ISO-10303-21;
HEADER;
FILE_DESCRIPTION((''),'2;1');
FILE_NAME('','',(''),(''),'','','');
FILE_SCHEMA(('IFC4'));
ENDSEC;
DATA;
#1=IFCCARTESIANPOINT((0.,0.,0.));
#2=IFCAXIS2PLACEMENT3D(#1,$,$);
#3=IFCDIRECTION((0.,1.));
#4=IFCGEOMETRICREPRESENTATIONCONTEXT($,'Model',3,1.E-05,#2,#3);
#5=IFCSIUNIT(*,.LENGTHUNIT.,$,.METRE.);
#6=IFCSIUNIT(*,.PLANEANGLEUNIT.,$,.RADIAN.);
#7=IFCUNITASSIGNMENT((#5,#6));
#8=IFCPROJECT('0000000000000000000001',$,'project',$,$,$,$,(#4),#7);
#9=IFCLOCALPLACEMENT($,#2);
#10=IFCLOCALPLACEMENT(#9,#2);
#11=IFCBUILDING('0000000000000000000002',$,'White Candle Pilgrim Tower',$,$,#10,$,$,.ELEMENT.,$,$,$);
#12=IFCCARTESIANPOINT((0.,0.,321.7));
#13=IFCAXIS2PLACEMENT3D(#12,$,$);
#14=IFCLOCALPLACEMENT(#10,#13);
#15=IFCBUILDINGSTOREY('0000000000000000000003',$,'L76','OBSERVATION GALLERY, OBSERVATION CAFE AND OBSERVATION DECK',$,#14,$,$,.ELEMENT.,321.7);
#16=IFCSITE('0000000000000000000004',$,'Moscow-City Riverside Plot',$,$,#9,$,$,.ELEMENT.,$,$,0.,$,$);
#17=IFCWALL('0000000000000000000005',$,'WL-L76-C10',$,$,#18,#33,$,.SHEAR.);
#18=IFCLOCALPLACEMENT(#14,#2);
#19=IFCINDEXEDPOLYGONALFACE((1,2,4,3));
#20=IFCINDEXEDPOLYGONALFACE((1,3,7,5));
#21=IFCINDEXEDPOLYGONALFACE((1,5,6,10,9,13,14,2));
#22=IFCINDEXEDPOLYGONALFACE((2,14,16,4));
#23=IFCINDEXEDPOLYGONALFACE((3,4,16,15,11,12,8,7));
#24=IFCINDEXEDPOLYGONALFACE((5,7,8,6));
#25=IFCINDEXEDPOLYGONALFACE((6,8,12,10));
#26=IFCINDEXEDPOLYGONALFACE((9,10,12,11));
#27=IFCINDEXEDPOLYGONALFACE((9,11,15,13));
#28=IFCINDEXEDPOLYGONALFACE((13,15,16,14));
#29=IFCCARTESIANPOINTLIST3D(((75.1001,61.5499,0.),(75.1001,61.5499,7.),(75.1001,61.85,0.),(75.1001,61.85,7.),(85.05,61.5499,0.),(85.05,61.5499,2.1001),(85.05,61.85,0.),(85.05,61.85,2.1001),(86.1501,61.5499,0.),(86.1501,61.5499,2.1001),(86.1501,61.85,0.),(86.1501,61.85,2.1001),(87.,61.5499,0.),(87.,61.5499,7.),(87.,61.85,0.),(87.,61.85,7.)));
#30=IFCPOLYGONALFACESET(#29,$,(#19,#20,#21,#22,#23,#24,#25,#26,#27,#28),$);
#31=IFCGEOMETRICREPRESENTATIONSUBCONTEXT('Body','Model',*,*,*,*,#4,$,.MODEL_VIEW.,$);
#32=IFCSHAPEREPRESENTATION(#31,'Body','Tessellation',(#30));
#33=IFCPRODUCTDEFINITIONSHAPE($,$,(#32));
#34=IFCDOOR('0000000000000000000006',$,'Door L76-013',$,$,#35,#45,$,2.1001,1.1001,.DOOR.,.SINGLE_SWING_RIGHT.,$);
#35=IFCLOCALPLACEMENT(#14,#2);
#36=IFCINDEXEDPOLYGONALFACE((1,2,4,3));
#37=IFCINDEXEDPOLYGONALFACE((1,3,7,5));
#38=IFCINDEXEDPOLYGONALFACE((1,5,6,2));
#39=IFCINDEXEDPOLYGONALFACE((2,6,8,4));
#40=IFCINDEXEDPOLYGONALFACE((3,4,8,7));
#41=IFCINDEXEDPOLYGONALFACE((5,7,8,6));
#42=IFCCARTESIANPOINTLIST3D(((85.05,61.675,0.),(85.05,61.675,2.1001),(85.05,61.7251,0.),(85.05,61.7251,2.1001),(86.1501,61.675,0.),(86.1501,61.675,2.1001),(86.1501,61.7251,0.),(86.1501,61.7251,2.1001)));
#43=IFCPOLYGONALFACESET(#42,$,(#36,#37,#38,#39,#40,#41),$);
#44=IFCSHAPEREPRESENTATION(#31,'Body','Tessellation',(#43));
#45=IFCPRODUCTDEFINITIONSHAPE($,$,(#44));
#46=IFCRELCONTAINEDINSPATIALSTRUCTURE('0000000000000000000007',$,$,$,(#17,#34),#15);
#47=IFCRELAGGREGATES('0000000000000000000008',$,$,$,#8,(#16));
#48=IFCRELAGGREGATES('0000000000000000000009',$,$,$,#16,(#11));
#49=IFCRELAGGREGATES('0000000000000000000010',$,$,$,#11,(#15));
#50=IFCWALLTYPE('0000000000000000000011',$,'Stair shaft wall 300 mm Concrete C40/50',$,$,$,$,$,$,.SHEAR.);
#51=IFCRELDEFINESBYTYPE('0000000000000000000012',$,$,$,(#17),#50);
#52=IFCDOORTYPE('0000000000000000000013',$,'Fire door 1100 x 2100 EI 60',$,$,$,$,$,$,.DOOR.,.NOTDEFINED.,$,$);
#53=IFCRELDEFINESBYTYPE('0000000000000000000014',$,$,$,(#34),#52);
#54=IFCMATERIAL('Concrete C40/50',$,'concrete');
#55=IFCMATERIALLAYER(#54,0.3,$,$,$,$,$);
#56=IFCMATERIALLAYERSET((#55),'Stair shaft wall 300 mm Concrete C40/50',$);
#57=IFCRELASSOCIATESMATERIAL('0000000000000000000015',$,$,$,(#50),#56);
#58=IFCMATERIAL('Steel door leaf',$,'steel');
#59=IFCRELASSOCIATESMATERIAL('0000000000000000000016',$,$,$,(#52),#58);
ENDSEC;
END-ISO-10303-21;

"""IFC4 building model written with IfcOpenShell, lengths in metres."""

from ifc_helpers import new_model, si_unit, direction, frame, frame_2d, origin, place, context, subcontext, project, spatial, rectangle, extrude, material, layer, layer_set, type_object, element, fill, save


model = new_model("IFC4")

# Units and contexts
model_context = context("Model", 3, precision=1e-05, world=origin(), true_north=direction((0.0, 1.0)))
body_context = subcontext(model_context, "Body", "Model", "MODEL_VIEW")
ifc_project = project(units=[si_unit("LENGTHUNIT", "METRE"), si_unit("PLANEANGLEUNIT", "RADIAN")], contexts=[model_context])

# Site, building, storey
site_placement = place(None, origin())
site = spatial("IfcSite", under=ifc_project, at=site_placement, Name="Moscow-City Riverside Plot", CompositionType="ELEMENT", RefElevation=0.0)
building_placement = place(site_placement, origin())
building = spatial("IfcBuilding", under=site, at=building_placement, Name="White Candle Pilgrim Tower", CompositionType="ELEMENT")
storey_placement = place(building_placement, frame((0.0, 0.0, 321.7)))
storey = spatial("IfcBuildingStorey", under=building, at=storey_placement, Name="L76", Description="OBSERVATION GALLERY, OBSERVATION CAFE AND OBSERVATION DECK", CompositionType="ELEMENT", Elevation=321.7)

# Shared definitions
ifc_material_1 = material(Name="Steel door leaf", Category="steel")

# Shared definitions
ifc_material_2 = material(Name="Concrete C40/50", Category="concrete")
ifc_layer_1 = layer(ifc_material_2, 0.3)
ifc_layer_set_1 = layer_set([ifc_layer_1], Name="Stair shaft wall 300 mm Concrete C40/50")
wall_type_1 = type_object("IfcWallType", Name="Stair shaft wall 300 mm Concrete C40/50", PredefinedType="SHEAR", material=ifc_layer_set_1)

# Wall, opening, door
wall_1_placement = place(storey_placement, frame((75.1001, 61.7, 0.0), z_axis=(0.0, 0.0, 1.0), x_axis=(1.0, 0.0, 0.0)))
wall_1 = element("IfcWall", 1, at=wall_1_placement, inside=storey, type_object=wall_type_1, Name="WL-L76-C10", PredefinedType="SHEAR", context=body_context, shape_type="SweptSolid", body=[
    extrude(rectangle(XDim=11.8999, YDim=0.3, at=frame_2d((5.95, 0.0))), origin(), (0.0, 0.0, 1.0), 7.0),
])
opening_1_placement = place(wall_1_placement, frame((9.95, 0.0, 0.0)))
opening_1 = element("IfcOpeningElement", 2, at=opening_1_placement, cuts=wall_1, PredefinedType="OPENING", context=body_context, shape_type="SweptSolid", body=[
    extrude(rectangle(XDim=1.1001, YDim=2.1001, at=frame_2d((0.55, 1.05))), frame((0.0, 0.1599, 0.0), z_axis=(0.0, -1.0, 0.0), x_axis=(1.0, 0.0, 0.0)), (0.0, 0.0, 1.0), 0.3201),
])
door_type_1 = type_object("IfcDoorType", Name="Fire door 1100 x 2100 EI 60", OperationType="NOTDEFINED", PredefinedType="DOOR", material=ifc_material_1)
door_1_placement = place(opening_1_placement, frame((1.1001, 0.0, 0.0), z_axis=(0.0, 0.0, 1.0), x_axis=(-1.0, 0.0, 0.0)))
door_1 = element("IfcDoor", 3, at=door_1_placement, inside=storey, type_object=door_type_1, Name="Door L76-013", OperationType="SINGLE_SWING_RIGHT", OverallHeight=2.1001, OverallWidth=1.1001, PredefinedType="DOOR", context=body_context, shape_type="SweptSolid", body=[
    extrude(rectangle(XDim=1.1001, YDim=2.1001, at=frame_2d((0.55, 1.05))), frame((0.0, 0.0249, 0.0), z_axis=(0.0, -1.0, 0.0), x_axis=(1.0, 0.0, 0.0)), (0.0, 0.0, 1.0), 0.05),
])
fill(opening_1, door_1)

save(model, "model.ifc")
